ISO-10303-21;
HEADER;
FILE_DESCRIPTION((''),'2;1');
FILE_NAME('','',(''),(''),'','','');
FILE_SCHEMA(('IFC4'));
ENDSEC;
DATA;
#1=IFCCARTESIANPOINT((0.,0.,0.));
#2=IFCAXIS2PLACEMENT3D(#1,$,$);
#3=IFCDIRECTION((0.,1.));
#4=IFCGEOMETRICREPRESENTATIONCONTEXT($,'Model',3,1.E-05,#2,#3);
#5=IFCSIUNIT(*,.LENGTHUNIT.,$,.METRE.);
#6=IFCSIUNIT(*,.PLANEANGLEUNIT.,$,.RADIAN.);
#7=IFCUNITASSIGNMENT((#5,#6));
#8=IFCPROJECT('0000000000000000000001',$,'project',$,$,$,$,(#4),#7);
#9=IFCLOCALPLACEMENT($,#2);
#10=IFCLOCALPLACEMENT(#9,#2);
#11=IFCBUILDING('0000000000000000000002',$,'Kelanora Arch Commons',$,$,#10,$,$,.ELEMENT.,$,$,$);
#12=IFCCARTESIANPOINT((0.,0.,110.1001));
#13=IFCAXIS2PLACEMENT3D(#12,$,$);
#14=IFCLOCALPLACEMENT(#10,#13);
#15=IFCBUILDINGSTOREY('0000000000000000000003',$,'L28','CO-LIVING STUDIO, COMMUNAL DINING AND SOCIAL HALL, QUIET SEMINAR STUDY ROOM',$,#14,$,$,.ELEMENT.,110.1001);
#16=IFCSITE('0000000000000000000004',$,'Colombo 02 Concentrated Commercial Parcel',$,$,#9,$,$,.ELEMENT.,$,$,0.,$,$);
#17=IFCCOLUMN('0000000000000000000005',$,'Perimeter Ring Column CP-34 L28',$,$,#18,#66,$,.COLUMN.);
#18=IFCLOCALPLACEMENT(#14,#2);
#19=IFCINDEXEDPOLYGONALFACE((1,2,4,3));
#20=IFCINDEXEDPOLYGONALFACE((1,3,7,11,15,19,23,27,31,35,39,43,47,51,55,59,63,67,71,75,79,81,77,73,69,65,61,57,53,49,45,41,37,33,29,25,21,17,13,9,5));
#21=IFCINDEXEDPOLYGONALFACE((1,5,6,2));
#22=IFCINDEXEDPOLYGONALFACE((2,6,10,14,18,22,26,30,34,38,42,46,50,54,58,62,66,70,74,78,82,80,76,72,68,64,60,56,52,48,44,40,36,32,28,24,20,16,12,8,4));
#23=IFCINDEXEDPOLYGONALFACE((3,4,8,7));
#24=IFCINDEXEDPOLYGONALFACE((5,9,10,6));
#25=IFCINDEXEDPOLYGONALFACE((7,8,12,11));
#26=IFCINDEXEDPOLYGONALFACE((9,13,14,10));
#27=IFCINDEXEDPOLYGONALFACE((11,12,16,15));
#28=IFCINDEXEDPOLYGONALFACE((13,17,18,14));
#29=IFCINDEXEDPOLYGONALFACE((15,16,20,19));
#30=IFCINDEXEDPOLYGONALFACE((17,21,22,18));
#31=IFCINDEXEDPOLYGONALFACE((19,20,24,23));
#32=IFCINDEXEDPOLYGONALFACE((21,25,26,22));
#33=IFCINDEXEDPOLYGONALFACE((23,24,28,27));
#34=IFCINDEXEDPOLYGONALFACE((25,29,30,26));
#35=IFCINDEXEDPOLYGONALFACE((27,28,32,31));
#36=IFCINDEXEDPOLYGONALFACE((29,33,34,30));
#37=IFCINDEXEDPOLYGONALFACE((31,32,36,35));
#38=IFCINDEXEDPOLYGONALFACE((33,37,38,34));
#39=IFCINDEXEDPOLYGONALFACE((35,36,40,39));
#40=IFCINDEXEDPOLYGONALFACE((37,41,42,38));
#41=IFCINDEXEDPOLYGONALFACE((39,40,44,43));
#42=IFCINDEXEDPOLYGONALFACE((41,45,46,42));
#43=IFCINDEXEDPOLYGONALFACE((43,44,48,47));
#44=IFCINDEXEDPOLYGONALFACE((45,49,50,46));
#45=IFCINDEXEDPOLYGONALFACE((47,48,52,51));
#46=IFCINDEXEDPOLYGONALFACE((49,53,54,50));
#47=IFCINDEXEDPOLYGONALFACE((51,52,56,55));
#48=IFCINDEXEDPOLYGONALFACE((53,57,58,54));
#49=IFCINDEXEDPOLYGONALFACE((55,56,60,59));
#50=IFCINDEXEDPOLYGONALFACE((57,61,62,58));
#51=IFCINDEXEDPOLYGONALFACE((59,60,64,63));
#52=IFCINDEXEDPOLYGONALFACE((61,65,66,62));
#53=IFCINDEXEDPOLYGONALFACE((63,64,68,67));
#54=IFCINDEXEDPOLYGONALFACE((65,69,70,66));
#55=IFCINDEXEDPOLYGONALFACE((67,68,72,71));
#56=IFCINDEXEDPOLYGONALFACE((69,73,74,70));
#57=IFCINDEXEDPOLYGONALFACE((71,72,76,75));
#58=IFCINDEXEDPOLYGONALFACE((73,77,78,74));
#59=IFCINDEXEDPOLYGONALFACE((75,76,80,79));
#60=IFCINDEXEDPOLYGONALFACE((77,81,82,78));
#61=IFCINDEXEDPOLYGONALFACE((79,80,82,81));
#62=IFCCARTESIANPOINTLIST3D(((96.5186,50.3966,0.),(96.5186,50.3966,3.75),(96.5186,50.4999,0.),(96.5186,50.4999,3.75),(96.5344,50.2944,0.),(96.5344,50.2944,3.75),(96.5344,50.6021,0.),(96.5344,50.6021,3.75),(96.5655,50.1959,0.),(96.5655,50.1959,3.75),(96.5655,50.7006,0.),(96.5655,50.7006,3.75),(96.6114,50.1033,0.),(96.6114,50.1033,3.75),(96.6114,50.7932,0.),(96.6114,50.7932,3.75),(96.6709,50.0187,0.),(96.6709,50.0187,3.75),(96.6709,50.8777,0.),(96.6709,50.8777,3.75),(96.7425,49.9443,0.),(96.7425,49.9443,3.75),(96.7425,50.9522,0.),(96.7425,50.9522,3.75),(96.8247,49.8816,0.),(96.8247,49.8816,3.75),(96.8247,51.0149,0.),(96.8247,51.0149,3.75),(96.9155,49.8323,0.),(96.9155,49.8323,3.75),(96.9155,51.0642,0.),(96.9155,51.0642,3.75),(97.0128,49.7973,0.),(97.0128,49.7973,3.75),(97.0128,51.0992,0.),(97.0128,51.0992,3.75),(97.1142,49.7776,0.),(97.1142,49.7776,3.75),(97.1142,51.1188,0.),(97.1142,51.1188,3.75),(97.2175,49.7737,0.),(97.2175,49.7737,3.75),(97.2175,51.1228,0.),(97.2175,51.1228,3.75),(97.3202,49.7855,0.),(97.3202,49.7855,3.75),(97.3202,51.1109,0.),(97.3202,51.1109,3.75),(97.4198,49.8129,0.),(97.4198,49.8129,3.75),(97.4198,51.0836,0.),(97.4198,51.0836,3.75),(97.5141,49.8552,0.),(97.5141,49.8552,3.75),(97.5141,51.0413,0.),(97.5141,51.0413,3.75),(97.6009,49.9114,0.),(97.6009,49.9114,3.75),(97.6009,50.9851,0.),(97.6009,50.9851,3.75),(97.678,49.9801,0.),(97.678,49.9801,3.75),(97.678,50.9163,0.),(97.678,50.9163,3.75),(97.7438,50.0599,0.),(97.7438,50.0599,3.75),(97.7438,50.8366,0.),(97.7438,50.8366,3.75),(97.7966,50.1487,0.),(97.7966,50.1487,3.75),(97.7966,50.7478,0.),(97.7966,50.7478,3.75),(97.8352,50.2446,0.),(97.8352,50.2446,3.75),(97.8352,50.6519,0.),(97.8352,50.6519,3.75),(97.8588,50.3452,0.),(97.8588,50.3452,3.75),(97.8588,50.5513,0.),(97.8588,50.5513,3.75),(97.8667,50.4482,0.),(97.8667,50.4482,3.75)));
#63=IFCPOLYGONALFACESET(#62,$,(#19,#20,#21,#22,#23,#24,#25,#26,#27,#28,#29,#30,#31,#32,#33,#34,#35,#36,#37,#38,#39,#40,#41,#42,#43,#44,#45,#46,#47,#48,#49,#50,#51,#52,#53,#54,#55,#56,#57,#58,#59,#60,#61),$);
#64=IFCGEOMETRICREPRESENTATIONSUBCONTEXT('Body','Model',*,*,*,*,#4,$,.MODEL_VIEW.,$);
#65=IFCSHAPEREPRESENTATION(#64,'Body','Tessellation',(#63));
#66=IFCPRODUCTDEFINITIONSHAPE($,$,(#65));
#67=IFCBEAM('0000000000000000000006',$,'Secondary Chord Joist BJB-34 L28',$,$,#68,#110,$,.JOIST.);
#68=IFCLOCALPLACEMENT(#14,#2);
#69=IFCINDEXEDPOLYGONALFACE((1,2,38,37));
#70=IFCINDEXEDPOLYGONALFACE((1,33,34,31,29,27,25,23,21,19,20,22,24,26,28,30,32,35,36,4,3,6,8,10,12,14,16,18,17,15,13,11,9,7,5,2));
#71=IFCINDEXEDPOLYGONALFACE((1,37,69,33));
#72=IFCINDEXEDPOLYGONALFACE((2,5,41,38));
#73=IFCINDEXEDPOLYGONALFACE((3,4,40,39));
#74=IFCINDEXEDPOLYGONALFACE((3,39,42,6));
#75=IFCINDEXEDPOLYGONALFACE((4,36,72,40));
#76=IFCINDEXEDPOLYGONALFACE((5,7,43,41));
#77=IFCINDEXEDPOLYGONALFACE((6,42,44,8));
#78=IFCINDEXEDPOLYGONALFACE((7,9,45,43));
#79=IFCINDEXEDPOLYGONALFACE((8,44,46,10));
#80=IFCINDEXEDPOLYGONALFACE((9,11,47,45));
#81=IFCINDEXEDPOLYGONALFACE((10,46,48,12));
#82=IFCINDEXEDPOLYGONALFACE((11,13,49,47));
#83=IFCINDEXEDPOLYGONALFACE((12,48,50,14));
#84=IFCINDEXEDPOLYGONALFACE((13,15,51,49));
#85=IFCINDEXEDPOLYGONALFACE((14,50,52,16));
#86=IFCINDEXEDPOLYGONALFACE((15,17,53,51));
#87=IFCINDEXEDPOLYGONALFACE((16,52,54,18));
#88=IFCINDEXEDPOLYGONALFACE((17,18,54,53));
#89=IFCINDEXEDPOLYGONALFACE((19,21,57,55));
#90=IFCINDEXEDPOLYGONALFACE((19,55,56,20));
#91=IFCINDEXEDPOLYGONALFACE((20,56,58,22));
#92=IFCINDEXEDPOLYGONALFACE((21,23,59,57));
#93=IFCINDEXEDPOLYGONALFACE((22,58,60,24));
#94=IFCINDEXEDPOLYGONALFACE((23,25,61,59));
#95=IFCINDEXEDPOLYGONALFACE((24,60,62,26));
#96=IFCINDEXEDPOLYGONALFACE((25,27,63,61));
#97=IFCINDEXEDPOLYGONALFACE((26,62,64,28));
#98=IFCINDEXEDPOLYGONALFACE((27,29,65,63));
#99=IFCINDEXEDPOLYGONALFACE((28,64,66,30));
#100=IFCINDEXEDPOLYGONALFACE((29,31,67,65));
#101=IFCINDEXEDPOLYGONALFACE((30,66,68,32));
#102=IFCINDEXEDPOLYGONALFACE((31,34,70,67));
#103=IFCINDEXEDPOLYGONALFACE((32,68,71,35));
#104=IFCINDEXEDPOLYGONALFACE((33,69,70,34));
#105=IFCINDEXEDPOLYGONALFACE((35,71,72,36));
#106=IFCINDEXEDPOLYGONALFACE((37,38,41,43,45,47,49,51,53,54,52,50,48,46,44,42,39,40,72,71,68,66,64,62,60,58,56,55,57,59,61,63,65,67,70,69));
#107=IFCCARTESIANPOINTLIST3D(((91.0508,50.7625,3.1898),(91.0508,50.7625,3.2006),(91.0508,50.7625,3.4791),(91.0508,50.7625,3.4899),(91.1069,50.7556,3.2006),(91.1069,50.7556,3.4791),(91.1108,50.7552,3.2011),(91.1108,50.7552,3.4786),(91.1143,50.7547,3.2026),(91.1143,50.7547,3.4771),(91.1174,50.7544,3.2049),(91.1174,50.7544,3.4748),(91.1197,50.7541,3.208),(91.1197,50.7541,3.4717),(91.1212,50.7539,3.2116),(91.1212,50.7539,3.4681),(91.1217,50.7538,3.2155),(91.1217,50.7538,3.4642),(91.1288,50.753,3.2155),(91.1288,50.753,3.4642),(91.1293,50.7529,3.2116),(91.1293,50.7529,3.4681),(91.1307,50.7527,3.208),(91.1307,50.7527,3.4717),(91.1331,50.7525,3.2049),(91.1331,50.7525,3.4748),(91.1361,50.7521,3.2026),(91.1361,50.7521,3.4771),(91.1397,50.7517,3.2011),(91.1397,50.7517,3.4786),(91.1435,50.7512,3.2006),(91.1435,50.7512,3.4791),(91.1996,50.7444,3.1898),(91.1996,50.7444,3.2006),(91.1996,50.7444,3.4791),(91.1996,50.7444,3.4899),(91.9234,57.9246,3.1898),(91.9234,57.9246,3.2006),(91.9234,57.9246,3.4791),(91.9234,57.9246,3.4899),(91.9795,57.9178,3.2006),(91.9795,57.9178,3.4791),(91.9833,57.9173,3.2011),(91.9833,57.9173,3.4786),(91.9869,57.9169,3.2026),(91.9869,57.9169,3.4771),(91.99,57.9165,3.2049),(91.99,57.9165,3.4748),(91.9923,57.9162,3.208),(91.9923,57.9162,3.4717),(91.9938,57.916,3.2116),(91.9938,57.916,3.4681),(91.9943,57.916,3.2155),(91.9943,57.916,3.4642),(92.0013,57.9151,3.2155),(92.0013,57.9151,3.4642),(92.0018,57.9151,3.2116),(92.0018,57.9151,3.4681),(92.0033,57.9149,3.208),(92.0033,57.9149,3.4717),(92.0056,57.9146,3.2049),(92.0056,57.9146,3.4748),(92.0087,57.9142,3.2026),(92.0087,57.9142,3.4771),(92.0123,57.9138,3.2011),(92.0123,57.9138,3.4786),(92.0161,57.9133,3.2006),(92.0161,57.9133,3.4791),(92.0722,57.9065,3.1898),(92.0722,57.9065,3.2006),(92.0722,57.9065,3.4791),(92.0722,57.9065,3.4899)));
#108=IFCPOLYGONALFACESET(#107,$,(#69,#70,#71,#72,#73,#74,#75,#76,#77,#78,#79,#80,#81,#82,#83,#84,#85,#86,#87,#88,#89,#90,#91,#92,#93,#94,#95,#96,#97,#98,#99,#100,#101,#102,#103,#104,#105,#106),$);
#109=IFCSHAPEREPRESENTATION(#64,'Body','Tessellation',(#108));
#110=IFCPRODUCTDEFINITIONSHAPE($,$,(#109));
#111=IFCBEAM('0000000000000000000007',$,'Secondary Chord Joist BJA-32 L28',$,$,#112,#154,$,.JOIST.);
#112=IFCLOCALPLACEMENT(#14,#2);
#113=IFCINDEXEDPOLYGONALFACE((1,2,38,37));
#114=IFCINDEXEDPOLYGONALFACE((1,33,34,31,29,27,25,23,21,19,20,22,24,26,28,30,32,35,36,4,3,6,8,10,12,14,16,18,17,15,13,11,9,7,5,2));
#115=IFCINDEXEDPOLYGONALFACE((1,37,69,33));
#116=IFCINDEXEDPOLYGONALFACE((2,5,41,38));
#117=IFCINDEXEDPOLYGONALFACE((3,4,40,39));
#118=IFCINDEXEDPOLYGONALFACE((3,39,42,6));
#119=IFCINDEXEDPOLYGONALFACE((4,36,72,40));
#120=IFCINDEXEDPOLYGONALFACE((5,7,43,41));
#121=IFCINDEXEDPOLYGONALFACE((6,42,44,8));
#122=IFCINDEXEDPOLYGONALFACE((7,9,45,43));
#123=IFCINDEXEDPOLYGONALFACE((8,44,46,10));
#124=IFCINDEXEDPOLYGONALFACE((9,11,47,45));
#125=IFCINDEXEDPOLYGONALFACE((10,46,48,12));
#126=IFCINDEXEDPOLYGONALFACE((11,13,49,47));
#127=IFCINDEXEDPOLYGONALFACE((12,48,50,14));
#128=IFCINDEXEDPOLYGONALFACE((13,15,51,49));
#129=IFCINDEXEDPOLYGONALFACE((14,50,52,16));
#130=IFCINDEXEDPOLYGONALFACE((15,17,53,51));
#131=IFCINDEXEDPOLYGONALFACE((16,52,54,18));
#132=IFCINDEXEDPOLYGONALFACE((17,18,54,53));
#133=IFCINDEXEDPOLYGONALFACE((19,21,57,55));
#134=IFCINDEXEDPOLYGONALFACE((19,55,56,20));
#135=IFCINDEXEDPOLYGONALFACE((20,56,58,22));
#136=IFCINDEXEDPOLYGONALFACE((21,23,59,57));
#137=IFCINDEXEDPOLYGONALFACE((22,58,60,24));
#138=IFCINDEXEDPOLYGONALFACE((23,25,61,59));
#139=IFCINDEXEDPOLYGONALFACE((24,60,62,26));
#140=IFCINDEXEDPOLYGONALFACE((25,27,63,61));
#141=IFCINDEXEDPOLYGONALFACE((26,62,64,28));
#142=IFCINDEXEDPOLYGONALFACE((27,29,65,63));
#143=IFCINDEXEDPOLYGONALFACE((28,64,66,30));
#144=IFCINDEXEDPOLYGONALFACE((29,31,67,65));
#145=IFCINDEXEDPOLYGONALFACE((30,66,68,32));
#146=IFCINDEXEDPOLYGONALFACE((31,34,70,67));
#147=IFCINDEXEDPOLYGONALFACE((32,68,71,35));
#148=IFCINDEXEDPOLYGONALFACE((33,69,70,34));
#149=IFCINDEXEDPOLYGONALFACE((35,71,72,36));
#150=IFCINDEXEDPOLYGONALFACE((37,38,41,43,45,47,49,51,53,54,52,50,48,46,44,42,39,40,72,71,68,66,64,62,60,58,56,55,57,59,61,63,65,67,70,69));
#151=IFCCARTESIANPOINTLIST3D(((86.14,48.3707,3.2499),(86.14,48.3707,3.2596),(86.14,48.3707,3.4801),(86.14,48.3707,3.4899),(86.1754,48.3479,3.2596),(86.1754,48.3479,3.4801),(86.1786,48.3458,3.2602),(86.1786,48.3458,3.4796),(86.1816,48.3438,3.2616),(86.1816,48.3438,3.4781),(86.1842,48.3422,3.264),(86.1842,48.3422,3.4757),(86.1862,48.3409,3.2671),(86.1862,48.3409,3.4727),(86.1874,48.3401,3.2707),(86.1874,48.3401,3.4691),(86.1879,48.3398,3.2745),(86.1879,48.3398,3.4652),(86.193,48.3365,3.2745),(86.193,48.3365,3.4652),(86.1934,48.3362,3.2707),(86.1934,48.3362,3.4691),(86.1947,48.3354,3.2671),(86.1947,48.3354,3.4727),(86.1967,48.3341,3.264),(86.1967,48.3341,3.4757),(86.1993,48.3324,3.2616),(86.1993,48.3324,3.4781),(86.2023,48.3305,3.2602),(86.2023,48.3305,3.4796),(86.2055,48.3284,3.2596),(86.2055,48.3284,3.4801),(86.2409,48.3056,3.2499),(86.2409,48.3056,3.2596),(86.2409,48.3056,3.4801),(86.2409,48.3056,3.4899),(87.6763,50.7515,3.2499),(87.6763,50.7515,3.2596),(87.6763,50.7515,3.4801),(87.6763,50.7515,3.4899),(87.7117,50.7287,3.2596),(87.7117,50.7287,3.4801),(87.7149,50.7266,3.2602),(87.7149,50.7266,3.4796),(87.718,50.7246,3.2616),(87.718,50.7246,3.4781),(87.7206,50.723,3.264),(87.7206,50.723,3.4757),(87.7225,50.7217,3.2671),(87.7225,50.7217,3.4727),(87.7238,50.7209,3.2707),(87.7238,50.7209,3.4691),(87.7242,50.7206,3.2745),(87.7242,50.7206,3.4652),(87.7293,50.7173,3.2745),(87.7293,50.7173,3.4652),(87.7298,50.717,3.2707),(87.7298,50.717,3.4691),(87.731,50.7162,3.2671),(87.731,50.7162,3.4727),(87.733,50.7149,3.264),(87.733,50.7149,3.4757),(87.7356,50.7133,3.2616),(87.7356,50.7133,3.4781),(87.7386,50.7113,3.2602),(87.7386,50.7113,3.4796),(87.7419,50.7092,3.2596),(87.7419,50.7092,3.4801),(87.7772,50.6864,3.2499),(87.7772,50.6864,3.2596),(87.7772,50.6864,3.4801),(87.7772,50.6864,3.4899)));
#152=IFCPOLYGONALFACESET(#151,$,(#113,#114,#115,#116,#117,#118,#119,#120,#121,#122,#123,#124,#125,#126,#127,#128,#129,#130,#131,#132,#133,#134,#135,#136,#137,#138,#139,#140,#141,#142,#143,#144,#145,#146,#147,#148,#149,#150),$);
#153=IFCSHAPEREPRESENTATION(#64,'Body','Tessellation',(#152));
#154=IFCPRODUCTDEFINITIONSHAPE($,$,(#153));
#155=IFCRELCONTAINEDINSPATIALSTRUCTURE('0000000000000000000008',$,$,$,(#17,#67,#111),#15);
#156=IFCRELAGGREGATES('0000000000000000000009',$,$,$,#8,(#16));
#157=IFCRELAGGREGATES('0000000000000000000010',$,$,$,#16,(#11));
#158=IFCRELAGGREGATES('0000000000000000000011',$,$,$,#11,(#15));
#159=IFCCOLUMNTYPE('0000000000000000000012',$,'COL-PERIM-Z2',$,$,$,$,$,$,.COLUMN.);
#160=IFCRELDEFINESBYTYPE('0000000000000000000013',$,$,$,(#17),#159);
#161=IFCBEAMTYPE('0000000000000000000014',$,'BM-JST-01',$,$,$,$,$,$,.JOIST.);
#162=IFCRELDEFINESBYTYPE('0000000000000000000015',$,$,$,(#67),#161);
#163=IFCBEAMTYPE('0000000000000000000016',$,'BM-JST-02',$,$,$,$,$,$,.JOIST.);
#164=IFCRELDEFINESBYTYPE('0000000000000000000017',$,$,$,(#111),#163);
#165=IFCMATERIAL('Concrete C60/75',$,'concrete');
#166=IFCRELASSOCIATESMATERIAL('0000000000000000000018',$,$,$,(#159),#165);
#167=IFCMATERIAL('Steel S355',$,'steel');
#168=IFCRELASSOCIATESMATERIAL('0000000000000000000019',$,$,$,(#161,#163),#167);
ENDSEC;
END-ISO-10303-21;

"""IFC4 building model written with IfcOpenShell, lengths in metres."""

from ifc_helpers import new_model, si_unit, direction, frame, origin, origin_2d, place, context, subcontext, project, spatial, circle, i_section, extrude, material, material_profile, profile_set, type_object, element, save


model = new_model("IFC4")

# Units and contexts
model_context = context("Model", 3, precision=1e-05, world=origin(), true_north=direction((0.0, 1.0)))
body_context = subcontext(model_context, "Body", "Model", "MODEL_VIEW")
ifc_project = project(units=[si_unit("LENGTHUNIT", "METRE"), si_unit("PLANEANGLEUNIT", "RADIAN")], contexts=[model_context])

# Site, building, storey
site_placement = place(None, origin())
site = spatial("IfcSite", under=ifc_project, at=site_placement, Name="Colombo 02 Concentrated Commercial Parcel", CompositionType="ELEMENT", RefElevation=0.0)
building_placement = place(site_placement, origin())
building = spatial("IfcBuilding", under=site, at=building_placement, Name="Kelanora Arch Commons", CompositionType="ELEMENT")
storey_placement = place(building_placement, frame((0.0, 0.0, 110.1001)))
storey = spatial("IfcBuildingStorey", under=building, at=storey_placement, Name="L28", Description="CO-LIVING STUDIO, COMMUNAL DINING AND SOCIAL HALL, QUIET SEMINAR STUDY ROOM", CompositionType="ELEMENT", Elevation=110.1001)

# Column
ifc_material_1 = material(Name="Concrete C60/75", Category="concrete")
ifc_material_profile_1 = material_profile(ifc_material_1, circle(Radius=0.675, at=origin_2d()), Name="RCC1350")
ifc_profile_set_1 = profile_set([ifc_material_profile_1], Name="Concrete C60/75")
column_type = type_object("IfcColumnType", Name="COL-PERIM-Z2", PredefinedType="COLUMN", material=ifc_profile_set_1)
column_placement = place(storey_placement, frame((97.1917, 50.4482, 0.0), z_axis=(0.0, 0.0, 1.0), x_axis=(1.0, 0.0, 0.0)))
element("IfcColumn", 1, at=column_placement, inside=storey, type_object=column_type, Name="Perimeter Ring Column CP-34 L28", PredefinedType="COLUMN", context=body_context, shape_type="SweptSolid", body=[
    extrude(circle(Radius=0.675, at=origin_2d()), origin(), (0.0, 0.0, 1.0), 3.75),
])

# Beams
ifc_material_2 = material(Name="Steel S355", Category="steel")
ifc_material_profile_2 = material_profile(ifc_material_2, i_section(OverallWidth=0.1499, OverallDepth=0.3, WebThickness=0.0071, FlangeThickness=0.0107, FilletRadius=0.0149, at=origin_2d()), Name="IPE300")
ifc_profile_set_2 = profile_set([ifc_material_profile_2], Name="Steel S355")
beam_type_1 = type_object("IfcBeamType", Name="BM-JST-01", PredefinedType="JOIST", material=ifc_profile_set_2)
beam_1_placement = place(storey_placement, frame((91.1252, 50.7534, 3.3398), z_axis=(0.120936, 0.99266, 0.0), x_axis=(-0.99266, 0.120936, 0.0)))
element("IfcBeam", 2, at=beam_1_placement, inside=storey, type_object=beam_type_1, Name="Secondary Chord Joist BJB-34 L28", PredefinedType="JOIST", context=body_context, shape_type="SweptSolid", body=[
    extrude(i_section(OverallWidth=0.1499, OverallDepth=0.3, WebThickness=0.0071, FlangeThickness=0.0107, FilletRadius=0.0149, at=origin_2d()), origin(), (0.0, 0.0, 1.0), 7.2151),
])
ifc_material_profile_3 = material_profile(ifc_material_2, i_section(OverallWidth=0.1201, OverallDepth=0.24, WebThickness=0.0061, FlangeThickness=0.0098, FilletRadius=0.0149, at=origin_2d()), Name="IPE240")
ifc_profile_set_3 = profile_set([ifc_material_profile_3], Name="Steel S355")
beam_type_2 = type_object("IfcBeamType", Name="BM-JST-02", PredefinedType="JOIST", material=ifc_profile_set_3)
beam_2_placement = place(storey_placement, frame((86.1904, 48.3381, 3.3699), z_axis=(0.542211, 0.840242, 0.0), x_axis=(-0.840242, 0.542211, 0.0)))
element("IfcBeam", 3, at=beam_2_placement, inside=storey, type_object=beam_type_2, Name="Secondary Chord Joist BJA-32 L28", PredefinedType="JOIST", context=body_context, shape_type="SweptSolid", body=[
    extrude(i_section(OverallWidth=0.1201, OverallDepth=0.24, WebThickness=0.0061, FlangeThickness=0.0098, FilletRadius=0.0149, at=origin_2d()), origin(), (0.0, 0.0, 1.0), 2.8335),
])

save(model, "model.ifc")
